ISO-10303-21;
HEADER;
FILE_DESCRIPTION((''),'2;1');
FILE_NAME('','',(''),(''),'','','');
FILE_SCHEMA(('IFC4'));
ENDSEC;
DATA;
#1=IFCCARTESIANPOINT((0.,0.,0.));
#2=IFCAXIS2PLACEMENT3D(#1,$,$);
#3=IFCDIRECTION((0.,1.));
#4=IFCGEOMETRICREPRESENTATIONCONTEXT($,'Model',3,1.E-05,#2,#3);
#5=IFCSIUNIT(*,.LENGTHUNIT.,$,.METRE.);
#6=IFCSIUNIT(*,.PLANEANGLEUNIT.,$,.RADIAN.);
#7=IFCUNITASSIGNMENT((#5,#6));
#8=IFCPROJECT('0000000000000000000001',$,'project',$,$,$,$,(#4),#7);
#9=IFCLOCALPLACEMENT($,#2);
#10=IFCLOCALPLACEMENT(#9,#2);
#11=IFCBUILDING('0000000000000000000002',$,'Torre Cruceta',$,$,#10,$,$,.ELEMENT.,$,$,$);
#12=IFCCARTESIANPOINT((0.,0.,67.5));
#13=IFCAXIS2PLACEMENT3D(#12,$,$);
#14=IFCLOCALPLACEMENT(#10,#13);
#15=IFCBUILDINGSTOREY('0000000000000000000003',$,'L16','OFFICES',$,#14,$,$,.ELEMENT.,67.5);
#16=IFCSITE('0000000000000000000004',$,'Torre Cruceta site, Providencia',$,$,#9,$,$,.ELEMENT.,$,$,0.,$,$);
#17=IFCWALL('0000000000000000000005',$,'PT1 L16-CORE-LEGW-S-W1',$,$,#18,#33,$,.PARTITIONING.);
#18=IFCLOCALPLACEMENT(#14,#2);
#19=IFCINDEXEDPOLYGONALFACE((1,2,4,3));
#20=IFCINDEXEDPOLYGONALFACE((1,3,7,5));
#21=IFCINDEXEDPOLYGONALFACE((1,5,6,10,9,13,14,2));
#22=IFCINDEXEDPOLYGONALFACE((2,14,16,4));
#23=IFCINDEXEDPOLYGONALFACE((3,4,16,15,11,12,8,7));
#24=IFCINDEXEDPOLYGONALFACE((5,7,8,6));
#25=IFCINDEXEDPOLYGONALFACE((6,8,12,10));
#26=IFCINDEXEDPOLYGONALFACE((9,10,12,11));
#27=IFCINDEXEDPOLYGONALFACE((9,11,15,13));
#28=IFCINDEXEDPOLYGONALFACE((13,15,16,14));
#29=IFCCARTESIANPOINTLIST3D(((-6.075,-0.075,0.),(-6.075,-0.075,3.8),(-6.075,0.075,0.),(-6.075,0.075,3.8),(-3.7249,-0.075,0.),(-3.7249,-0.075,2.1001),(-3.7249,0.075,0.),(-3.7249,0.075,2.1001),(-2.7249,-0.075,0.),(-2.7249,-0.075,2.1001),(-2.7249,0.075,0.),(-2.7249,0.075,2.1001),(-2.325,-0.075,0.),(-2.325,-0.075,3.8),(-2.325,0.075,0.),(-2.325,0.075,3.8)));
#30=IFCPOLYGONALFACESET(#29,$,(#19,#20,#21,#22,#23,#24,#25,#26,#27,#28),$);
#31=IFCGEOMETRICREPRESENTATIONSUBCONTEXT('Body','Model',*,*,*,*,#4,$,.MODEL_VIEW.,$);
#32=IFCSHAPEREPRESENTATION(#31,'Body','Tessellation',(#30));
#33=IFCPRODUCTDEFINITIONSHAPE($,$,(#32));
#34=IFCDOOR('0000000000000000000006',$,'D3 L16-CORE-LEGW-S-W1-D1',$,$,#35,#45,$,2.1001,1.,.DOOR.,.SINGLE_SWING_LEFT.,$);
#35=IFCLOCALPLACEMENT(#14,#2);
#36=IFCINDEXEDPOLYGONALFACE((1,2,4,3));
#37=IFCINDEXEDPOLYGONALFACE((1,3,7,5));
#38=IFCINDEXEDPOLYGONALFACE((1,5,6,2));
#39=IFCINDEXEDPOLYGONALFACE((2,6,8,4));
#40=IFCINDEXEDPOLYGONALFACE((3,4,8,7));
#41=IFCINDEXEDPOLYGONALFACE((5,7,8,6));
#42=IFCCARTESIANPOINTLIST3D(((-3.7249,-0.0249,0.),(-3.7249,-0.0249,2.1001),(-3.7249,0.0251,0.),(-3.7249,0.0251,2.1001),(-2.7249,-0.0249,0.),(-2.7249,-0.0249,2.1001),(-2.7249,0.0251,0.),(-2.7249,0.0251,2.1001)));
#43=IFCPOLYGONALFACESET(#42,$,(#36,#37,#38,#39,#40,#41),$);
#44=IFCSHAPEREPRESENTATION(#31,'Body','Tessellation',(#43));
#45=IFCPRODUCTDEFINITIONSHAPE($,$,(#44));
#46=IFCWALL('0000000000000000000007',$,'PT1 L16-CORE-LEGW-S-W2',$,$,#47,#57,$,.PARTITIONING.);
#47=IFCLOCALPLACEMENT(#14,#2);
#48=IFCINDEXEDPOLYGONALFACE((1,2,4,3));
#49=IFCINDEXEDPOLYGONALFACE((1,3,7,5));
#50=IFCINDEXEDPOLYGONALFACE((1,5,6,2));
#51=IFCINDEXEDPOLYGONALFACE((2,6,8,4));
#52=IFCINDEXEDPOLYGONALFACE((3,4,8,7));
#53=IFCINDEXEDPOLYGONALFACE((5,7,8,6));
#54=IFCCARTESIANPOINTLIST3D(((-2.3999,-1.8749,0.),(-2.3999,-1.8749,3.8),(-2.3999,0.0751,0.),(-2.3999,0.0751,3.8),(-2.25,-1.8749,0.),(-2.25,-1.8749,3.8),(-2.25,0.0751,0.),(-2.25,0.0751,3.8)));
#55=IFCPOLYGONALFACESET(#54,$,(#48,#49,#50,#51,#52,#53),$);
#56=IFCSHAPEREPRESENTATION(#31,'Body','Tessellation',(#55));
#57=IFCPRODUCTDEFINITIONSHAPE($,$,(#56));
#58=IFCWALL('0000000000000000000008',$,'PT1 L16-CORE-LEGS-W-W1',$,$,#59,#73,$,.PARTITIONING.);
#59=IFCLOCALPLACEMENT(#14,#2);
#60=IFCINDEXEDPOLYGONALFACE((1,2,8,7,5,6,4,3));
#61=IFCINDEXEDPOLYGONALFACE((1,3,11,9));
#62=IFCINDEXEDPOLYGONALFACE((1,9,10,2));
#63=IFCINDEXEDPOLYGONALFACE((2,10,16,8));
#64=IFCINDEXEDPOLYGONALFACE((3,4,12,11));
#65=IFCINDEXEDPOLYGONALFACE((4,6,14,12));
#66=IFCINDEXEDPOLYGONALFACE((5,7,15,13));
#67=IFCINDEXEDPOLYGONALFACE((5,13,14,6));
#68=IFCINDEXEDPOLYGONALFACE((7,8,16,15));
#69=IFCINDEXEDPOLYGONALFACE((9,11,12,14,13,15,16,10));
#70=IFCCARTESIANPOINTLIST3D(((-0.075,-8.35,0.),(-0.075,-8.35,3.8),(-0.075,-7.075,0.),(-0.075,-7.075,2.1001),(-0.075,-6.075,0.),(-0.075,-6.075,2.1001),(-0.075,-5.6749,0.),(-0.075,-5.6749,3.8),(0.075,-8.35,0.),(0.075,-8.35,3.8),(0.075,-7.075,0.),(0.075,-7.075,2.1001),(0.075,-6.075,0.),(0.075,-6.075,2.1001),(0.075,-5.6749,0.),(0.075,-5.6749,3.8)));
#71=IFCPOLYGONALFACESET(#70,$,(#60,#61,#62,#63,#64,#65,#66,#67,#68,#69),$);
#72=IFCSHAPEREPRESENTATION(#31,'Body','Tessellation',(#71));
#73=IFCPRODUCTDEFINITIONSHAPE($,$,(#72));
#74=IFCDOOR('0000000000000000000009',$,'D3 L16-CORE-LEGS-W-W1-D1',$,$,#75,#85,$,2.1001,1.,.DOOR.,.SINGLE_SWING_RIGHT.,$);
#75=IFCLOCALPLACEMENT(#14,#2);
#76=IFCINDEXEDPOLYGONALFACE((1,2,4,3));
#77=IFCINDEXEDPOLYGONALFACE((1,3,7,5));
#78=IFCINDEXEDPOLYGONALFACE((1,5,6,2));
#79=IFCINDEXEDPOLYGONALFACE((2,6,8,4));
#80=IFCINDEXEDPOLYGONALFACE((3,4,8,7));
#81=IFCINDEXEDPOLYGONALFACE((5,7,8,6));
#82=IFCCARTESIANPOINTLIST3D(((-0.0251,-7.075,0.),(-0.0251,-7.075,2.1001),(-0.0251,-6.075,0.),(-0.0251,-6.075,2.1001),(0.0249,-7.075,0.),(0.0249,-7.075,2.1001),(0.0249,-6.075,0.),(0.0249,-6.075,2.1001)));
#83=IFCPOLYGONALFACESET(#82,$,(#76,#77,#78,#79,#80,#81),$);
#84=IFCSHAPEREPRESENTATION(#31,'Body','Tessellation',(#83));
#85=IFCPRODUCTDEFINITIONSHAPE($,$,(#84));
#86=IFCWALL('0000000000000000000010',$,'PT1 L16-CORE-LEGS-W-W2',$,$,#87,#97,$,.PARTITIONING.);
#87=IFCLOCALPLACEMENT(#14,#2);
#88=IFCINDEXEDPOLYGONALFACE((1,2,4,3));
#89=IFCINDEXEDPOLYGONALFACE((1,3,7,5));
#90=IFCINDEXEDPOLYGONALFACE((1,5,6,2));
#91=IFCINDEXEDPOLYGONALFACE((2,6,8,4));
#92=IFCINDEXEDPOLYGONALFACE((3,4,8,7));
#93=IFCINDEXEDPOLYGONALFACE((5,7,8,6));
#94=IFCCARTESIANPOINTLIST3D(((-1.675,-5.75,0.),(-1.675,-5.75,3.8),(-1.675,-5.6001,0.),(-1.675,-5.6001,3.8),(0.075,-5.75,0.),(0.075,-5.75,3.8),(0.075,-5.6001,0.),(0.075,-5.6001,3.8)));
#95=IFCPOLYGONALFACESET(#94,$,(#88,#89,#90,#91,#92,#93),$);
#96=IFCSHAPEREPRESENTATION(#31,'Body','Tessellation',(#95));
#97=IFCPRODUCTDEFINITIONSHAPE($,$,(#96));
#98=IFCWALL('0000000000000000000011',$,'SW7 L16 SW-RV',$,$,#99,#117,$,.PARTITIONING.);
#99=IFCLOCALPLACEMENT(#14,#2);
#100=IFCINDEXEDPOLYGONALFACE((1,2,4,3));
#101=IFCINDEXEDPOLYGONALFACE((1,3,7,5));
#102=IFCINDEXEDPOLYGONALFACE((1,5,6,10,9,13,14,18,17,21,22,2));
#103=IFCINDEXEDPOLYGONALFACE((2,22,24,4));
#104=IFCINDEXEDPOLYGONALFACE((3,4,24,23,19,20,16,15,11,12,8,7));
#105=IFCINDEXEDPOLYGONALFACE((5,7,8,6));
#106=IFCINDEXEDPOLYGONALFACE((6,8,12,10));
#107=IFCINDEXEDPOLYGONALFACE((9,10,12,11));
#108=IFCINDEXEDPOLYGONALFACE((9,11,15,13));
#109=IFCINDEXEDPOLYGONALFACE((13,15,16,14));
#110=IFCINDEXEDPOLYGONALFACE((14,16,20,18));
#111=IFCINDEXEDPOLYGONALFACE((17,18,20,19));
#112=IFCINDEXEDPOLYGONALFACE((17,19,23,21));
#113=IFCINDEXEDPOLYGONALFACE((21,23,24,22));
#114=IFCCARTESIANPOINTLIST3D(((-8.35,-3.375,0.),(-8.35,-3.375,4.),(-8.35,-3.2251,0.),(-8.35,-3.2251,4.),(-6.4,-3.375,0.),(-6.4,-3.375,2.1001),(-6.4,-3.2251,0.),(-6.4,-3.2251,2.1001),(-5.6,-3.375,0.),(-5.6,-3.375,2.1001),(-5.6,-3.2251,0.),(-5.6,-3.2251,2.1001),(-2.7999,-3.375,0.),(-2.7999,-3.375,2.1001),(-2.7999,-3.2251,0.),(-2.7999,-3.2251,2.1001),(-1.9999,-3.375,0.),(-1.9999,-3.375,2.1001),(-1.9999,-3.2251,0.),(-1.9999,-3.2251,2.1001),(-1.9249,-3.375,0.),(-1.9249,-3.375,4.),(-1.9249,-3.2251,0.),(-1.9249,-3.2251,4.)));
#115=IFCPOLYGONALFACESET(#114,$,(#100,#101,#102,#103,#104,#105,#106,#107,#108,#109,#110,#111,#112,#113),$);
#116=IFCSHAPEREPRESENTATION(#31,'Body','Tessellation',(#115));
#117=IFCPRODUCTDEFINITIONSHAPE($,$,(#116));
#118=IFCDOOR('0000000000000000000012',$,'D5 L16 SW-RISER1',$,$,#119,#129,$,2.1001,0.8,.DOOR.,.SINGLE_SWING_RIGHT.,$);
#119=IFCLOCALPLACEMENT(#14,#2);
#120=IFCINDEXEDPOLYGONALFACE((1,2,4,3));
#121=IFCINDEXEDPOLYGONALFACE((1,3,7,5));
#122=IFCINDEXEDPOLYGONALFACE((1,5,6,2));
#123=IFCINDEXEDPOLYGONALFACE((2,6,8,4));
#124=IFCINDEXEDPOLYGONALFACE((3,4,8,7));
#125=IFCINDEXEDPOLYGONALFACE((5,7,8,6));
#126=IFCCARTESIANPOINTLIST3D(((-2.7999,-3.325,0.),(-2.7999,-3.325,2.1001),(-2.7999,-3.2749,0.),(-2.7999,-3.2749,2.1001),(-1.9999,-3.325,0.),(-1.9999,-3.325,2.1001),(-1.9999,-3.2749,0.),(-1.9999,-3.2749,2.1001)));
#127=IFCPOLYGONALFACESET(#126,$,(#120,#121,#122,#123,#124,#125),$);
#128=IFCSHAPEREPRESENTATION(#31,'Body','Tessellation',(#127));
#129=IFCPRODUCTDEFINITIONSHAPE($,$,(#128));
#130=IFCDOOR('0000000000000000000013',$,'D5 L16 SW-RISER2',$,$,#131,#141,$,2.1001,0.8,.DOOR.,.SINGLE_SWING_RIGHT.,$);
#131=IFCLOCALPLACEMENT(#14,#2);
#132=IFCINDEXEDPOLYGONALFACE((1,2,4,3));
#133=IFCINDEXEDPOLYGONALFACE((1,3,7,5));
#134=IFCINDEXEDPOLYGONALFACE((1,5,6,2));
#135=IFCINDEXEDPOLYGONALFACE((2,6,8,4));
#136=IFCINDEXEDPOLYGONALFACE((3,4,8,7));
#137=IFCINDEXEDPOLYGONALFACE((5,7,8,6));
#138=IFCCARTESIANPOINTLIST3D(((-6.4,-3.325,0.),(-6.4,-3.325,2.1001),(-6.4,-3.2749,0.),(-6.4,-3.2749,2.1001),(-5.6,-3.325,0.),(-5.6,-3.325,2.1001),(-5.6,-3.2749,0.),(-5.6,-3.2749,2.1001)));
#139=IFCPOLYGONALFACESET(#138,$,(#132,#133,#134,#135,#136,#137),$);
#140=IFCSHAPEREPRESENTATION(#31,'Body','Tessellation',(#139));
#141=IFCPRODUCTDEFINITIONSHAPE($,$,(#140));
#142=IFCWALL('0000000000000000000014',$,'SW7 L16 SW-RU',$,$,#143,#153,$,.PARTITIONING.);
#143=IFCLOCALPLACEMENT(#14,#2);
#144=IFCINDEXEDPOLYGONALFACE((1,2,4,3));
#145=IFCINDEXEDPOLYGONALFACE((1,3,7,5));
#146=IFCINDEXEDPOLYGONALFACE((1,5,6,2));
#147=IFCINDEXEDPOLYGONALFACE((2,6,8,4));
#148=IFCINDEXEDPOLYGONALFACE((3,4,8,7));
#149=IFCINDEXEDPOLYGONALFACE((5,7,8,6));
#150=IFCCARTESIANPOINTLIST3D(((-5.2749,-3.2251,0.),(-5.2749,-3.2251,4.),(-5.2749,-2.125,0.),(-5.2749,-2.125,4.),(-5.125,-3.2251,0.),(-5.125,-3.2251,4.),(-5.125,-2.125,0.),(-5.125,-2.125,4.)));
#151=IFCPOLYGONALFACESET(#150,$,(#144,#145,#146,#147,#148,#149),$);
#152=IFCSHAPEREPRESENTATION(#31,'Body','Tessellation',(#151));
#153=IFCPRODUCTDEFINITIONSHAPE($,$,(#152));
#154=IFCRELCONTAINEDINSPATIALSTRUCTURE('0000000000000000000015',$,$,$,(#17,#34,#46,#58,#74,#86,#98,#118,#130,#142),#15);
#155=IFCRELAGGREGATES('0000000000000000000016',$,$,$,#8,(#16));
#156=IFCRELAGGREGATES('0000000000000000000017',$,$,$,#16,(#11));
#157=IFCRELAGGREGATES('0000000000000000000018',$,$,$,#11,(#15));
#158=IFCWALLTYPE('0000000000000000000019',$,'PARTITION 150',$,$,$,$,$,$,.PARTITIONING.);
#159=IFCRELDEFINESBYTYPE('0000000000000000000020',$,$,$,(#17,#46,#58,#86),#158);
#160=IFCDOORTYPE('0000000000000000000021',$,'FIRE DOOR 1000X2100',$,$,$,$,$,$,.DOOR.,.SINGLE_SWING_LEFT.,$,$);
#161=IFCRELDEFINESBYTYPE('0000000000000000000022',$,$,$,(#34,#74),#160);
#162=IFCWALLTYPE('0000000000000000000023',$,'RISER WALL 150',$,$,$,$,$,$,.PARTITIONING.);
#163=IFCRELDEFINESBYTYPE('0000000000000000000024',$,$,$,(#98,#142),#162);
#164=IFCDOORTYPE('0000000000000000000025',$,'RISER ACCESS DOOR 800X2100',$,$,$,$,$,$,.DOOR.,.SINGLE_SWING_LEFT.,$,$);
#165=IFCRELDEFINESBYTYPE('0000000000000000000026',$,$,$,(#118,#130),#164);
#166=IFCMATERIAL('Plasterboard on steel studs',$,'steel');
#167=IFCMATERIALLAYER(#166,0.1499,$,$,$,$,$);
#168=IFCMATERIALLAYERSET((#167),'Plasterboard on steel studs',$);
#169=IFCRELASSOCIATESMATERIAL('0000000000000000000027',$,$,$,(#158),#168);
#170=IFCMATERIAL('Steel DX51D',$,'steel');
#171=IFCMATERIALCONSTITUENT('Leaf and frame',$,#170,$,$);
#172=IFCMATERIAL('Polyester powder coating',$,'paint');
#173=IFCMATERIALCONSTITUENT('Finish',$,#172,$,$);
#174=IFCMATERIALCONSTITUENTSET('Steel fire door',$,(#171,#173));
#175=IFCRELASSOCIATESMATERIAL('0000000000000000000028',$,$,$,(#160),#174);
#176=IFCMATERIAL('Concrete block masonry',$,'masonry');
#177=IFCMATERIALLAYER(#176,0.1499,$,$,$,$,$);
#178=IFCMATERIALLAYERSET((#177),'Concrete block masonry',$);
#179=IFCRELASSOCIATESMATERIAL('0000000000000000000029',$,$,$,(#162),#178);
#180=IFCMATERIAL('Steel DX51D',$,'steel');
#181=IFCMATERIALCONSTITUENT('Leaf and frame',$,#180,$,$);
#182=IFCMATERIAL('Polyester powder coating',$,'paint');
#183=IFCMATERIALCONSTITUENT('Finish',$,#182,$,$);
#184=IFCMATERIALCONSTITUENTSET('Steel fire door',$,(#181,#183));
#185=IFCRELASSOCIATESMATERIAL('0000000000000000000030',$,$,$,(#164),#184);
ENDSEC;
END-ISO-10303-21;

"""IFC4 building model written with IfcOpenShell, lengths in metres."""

from ifc_helpers import new_model, si_unit, direction, frame, frame_2d, origin, place, context, subcontext, project, spatial, rectangle, extrude, material, layer, layer_set, constituent, constituent_set, type_object, element, fill, save


model = new_model("IFC4")

# Units and contexts
model_context = context("Model", 3, precision=1e-05, world=origin(), true_north=direction((0.0, 1.0)))
body_context = subcontext(model_context, "Body", "Model", "MODEL_VIEW")
ifc_project = project(units=[si_unit("LENGTHUNIT", "METRE"), si_unit("PLANEANGLEUNIT", "RADIAN")], contexts=[model_context])

# Site, building, storey
site_placement = place(None, origin())
site = spatial("IfcSite", under=ifc_project, at=site_placement, Name="Torre Cruceta site, Providencia", CompositionType="ELEMENT", RefElevation=0.0)
building_placement = place(site_placement, origin())
building = spatial("IfcBuilding", under=site, at=building_placement, Name="Torre Cruceta", CompositionType="ELEMENT")
storey_placement = place(building_placement, frame((0.0, 0.0, 67.5)))
storey = spatial("IfcBuildingStorey", under=building, at=storey_placement, Name="L16", Description="OFFICES", CompositionType="ELEMENT", Elevation=67.5)

# Wall, opening, door
ifc_material_1 = material(Name="Plasterboard on steel studs", Category="steel")
ifc_layer_1 = layer(ifc_material_1, 0.1499)
ifc_layer_set_1 = layer_set([ifc_layer_1], Name="Plasterboard on steel studs")
wall_type_1 = type_object("IfcWallType", Name="PARTITION 150", PredefinedType="PARTITIONING", material=ifc_layer_set_1)
wall_1_placement = place(storey_placement, frame((-2.325, 0.0, 0.0), z_axis=(0.0, 0.0, 1.0), x_axis=(-1.0, 0.0, 0.0)))
wall_1 = element("IfcWall", 1, at=wall_1_placement, inside=storey, type_object=wall_type_1, Name="PT1 L16-CORE-LEGW-S-W1", PredefinedType="PARTITIONING", context=body_context, shape_type="SweptSolid", body=[
    extrude(rectangle(XDim=3.75, YDim=0.1499, at=frame_2d((1.875, 0.0))), origin(), (0.0, 0.0, 1.0), 3.8),
])
opening_1_placement = place(wall_1_placement, frame((0.3999, 0.0, 0.0)))
opening_1 = element("IfcOpeningElement", 2, at=opening_1_placement, cuts=wall_1, PredefinedType="OPENING", context=body_context, shape_type="SweptSolid", body=[
    extrude(rectangle(XDim=1.0, YDim=2.1001, at=frame_2d((0.5, 1.05))), frame((0.0, 0.085, 0.0), z_axis=(0.0, -1.0, 0.0), x_axis=(1.0, 0.0, 0.0)), (0.0, 0.0, 1.0), 0.1699),
])
ifc_material_2 = material(Name="Steel DX51D", Category="steel")
ifc_constituent_1 = constituent(ifc_material_2, Name="Leaf and frame")
ifc_material_3 = material(Name="Polyester powder coating", Category="paint")
ifc_constituent_2 = constituent(ifc_material_3, Name="Finish")
ifc_constituent_set_1 = constituent_set(constituents=[ifc_constituent_1, ifc_constituent_2], Name="Steel fire door")
door_type_1 = type_object("IfcDoorType", Name="FIRE DOOR 1000X2100", OperationType="SINGLE_SWING_LEFT", PredefinedType="DOOR", material=ifc_constituent_set_1)
door_1_placement = place(opening_1_placement, origin())
door_1 = element("IfcDoor", 3, at=door_1_placement, inside=storey, type_object=door_type_1, Name="D3 L16-CORE-LEGW-S-W1-D1", OperationType="SINGLE_SWING_LEFT", OverallHeight=2.1001, OverallWidth=1.0, PredefinedType="DOOR", context=body_context, shape_type="SweptSolid", body=[
    extrude(rectangle(XDim=1.0, YDim=2.1001, at=frame_2d((0.5, 1.05))), frame((0.0, 0.0249, 0.0), z_axis=(0.0, -1.0, 0.0), x_axis=(1.0, 0.0, 0.0)), (0.0, 0.0, 1.0), 0.05),
])
fill(opening_1, door_1)

# Wall
wall_2_placement = place(storey_placement, frame((-2.325, -1.875, 0.0), z_axis=(0.0, 0.0, 1.0), x_axis=(0.0, 1.0, 0.0)))
element("IfcWall", 4, at=wall_2_placement, inside=storey, type_object=wall_type_1, Name="PT1 L16-CORE-LEGW-S-W2", PredefinedType="PARTITIONING", context=body_context, shape_type="SweptSolid", body=[
    extrude(rectangle(XDim=1.95, YDim=0.1499, at=frame_2d((0.9751, 0.0))), origin(), (0.0, 0.0, 1.0), 3.8),
])

# Wall, opening, door
wall_3_placement = place(storey_placement, frame((0.0, -5.675, 0.0), z_axis=(0.0, 0.0, 1.0), x_axis=(0.0, -1.0, 0.0)))
wall_3 = element("IfcWall", 5, at=wall_3_placement, inside=storey, type_object=wall_type_1, Name="PT1 L16-CORE-LEGS-W-W1", PredefinedType="PARTITIONING", context=body_context, shape_type="SweptSolid", body=[
    extrude(rectangle(XDim=2.675, YDim=0.1499, at=frame_2d((1.3374, 0.0))), origin(), (0.0, 0.0, 1.0), 3.8),
])
opening_2_placement = place(wall_3_placement, frame((0.3999, 0.0, 0.0)))
opening_2 = element("IfcOpeningElement", 6, at=opening_2_placement, cuts=wall_3, PredefinedType="OPENING", context=body_context, shape_type="SweptSolid", body=[
    extrude(rectangle(XDim=1.0, YDim=2.1001, at=frame_2d((0.5, 1.05))), frame((0.0, 0.085, 0.0), z_axis=(0.0, -1.0, 0.0), x_axis=(1.0, 0.0, 0.0)), (0.0, 0.0, 1.0), 0.1699),
])
door_2_placement = place(opening_2_placement, frame((1.0, 0.0, 0.0), z_axis=(0.0, 0.0, 1.0), x_axis=(-1.0, 0.0, 0.0)))
door_2 = element("IfcDoor", 7, at=door_2_placement, inside=storey, type_object=door_type_1, Name="D3 L16-CORE-LEGS-W-W1-D1", OperationType="SINGLE_SWING_RIGHT", OverallHeight=2.1001, OverallWidth=1.0, PredefinedType="DOOR", context=body_context, shape_type="SweptSolid", body=[
    extrude(rectangle(XDim=1.0, YDim=2.1001, at=frame_2d((0.5, 1.05))), frame((0.0, 0.0251, 0.0), z_axis=(0.0, -1.0, 0.0), x_axis=(1.0, 0.0, 0.0)), (0.0, 0.0, 1.0), 0.05),
])
fill(opening_2, door_2)

# Wall
wall_4_placement = place(storey_placement, frame((-1.675, -5.675, 0.0), z_axis=(0.0, 0.0, 1.0), x_axis=(1.0, 0.0, 0.0)))
element("IfcWall", 8, at=wall_4_placement, inside=storey, type_object=wall_type_1, Name="PT1 L16-CORE-LEGS-W-W2", PredefinedType="PARTITIONING", context=body_context, shape_type="SweptSolid", body=[
    extrude(rectangle(XDim=1.75, YDim=0.1499, at=frame_2d((0.875, 0.0))), origin(), (0.0, 0.0, 1.0), 3.8),
])

# Wall, openings, doors
ifc_material_4 = material(Name="Concrete block masonry", Category="masonry")
ifc_layer_2 = layer(ifc_material_4, 0.1499)
ifc_layer_set_2 = layer_set([ifc_layer_2], Name="Concrete block masonry")
wall_type_2 = type_object("IfcWallType", Name="RISER WALL 150", PredefinedType="PARTITIONING", material=ifc_layer_set_2)
wall_5_placement = place(storey_placement, frame((-1.925, -3.3, 0.0), z_axis=(0.0, 0.0, 1.0), x_axis=(-1.0, 0.0, 0.0)))
wall_5 = element("IfcWall", 9, at=wall_5_placement, inside=storey, type_object=wall_type_2, Name="SW7 L16 SW-RV", PredefinedType="PARTITIONING", context=body_context, shape_type="SweptSolid", body=[
    extrude(rectangle(XDim=6.425, YDim=0.1499, at=frame_2d((3.2124, 0.0))), origin(), (0.0, 0.0, 1.0), 4.0),
])
opening_3_placement = place(wall_5_placement, frame((0.075, 0.0, 0.0)))
opening_3 = element("IfcOpeningElement", 10, at=opening_3_placement, cuts=wall_5, PredefinedType="OPENING", context=body_context, shape_type="SweptSolid", body=[
    extrude(rectangle(XDim=0.8, YDim=2.1001, at=frame_2d((0.3999, 1.05))), frame((0.0, 0.085, 0.0), z_axis=(0.0, -1.0, 0.0), x_axis=(1.0, 0.0, 0.0)), (0.0, 0.0, 1.0), 0.1699),
])
opening_4_placement = place(wall_5_placement, frame((3.675, 0.0, 0.0)))
opening_4 = element("IfcOpeningElement", 11, at=opening_4_placement, cuts=wall_5, PredefinedType="OPENING", context=body_context, shape_type="SweptSolid", body=[
    extrude(rectangle(XDim=0.8, YDim=2.1001, at=frame_2d((0.3999, 1.05))), frame((0.0, 0.085, 0.0), z_axis=(0.0, -1.0, 0.0), x_axis=(1.0, 0.0, 0.0)), (0.0, 0.0, 1.0), 0.1699),
])
ifc_material_5 = material(Name="Steel DX51D", Category="steel")
ifc_constituent_3 = constituent(ifc_material_5, Name="Leaf and frame")
ifc_material_6 = material(Name="Polyester powder coating", Category="paint")
ifc_constituent_4 = constituent(ifc_material_6, Name="Finish")
ifc_constituent_set_2 = constituent_set(constituents=[ifc_constituent_3, ifc_constituent_4], Name="Steel fire door")
door_type_2 = type_object("IfcDoorType", Name="RISER ACCESS DOOR 800X2100", OperationType="SINGLE_SWING_LEFT", PredefinedType="DOOR", material=ifc_constituent_set_2)
door_3_placement = place(opening_3_placement, frame((0.8, 0.0, 0.0), z_axis=(0.0, 0.0, 1.0), x_axis=(-1.0, 0.0, 0.0)))
door_3 = element("IfcDoor", 12, at=door_3_placement, inside=storey, type_object=door_type_2, Name="D5 L16 SW-RISER1", OperationType="SINGLE_SWING_RIGHT", OverallHeight=2.1001, OverallWidth=0.8, PredefinedType="DOOR", context=body_context, shape_type="SweptSolid", body=[
    extrude(rectangle(XDim=0.8, YDim=2.1001, at=frame_2d((0.4001, 1.05))), frame((0.0, 0.0251, 0.0), z_axis=(0.0, -1.0, 0.0), x_axis=(1.0, 0.0, 0.0)), (0.0, 0.0, 1.0), 0.05),
])
fill(opening_3, door_3)
door_4_placement = place(opening_4_placement, frame((0.8, 0.0, 0.0), z_axis=(0.0, 0.0, 1.0), x_axis=(-1.0, 0.0, 0.0)))
door_4 = element("IfcDoor", 13, at=door_4_placement, inside=storey, type_object=door_type_2, Name="D5 L16 SW-RISER2", OperationType="SINGLE_SWING_RIGHT", OverallHeight=2.1001, OverallWidth=0.8, PredefinedType="DOOR", context=body_context, shape_type="SweptSolid", body=[
    extrude(rectangle(XDim=0.8, YDim=2.1001, at=frame_2d((0.4001, 1.05))), frame((0.0, 0.0251, 0.0), z_axis=(0.0, -1.0, 0.0), x_axis=(1.0, 0.0, 0.0)), (0.0, 0.0, 1.0), 0.05),
])
fill(opening_4, door_4)

# Wall
wall_6_placement = place(storey_placement, frame((-5.2, -2.125, 0.0), z_axis=(0.0, 0.0, 1.0), x_axis=(0.0, -1.0, 0.0)))
element("IfcWall", 14, at=wall_6_placement, inside=storey, type_object=wall_type_2, Name="SW7 L16 SW-RU", PredefinedType="PARTITIONING", context=body_context, shape_type="SweptSolid", body=[
    extrude(rectangle(XDim=1.1001, YDim=0.1499, at=frame_2d((0.55, 0.0))), origin(), (0.0, 0.0, 1.0), 4.0),
])

save(model, "model.ifc")
